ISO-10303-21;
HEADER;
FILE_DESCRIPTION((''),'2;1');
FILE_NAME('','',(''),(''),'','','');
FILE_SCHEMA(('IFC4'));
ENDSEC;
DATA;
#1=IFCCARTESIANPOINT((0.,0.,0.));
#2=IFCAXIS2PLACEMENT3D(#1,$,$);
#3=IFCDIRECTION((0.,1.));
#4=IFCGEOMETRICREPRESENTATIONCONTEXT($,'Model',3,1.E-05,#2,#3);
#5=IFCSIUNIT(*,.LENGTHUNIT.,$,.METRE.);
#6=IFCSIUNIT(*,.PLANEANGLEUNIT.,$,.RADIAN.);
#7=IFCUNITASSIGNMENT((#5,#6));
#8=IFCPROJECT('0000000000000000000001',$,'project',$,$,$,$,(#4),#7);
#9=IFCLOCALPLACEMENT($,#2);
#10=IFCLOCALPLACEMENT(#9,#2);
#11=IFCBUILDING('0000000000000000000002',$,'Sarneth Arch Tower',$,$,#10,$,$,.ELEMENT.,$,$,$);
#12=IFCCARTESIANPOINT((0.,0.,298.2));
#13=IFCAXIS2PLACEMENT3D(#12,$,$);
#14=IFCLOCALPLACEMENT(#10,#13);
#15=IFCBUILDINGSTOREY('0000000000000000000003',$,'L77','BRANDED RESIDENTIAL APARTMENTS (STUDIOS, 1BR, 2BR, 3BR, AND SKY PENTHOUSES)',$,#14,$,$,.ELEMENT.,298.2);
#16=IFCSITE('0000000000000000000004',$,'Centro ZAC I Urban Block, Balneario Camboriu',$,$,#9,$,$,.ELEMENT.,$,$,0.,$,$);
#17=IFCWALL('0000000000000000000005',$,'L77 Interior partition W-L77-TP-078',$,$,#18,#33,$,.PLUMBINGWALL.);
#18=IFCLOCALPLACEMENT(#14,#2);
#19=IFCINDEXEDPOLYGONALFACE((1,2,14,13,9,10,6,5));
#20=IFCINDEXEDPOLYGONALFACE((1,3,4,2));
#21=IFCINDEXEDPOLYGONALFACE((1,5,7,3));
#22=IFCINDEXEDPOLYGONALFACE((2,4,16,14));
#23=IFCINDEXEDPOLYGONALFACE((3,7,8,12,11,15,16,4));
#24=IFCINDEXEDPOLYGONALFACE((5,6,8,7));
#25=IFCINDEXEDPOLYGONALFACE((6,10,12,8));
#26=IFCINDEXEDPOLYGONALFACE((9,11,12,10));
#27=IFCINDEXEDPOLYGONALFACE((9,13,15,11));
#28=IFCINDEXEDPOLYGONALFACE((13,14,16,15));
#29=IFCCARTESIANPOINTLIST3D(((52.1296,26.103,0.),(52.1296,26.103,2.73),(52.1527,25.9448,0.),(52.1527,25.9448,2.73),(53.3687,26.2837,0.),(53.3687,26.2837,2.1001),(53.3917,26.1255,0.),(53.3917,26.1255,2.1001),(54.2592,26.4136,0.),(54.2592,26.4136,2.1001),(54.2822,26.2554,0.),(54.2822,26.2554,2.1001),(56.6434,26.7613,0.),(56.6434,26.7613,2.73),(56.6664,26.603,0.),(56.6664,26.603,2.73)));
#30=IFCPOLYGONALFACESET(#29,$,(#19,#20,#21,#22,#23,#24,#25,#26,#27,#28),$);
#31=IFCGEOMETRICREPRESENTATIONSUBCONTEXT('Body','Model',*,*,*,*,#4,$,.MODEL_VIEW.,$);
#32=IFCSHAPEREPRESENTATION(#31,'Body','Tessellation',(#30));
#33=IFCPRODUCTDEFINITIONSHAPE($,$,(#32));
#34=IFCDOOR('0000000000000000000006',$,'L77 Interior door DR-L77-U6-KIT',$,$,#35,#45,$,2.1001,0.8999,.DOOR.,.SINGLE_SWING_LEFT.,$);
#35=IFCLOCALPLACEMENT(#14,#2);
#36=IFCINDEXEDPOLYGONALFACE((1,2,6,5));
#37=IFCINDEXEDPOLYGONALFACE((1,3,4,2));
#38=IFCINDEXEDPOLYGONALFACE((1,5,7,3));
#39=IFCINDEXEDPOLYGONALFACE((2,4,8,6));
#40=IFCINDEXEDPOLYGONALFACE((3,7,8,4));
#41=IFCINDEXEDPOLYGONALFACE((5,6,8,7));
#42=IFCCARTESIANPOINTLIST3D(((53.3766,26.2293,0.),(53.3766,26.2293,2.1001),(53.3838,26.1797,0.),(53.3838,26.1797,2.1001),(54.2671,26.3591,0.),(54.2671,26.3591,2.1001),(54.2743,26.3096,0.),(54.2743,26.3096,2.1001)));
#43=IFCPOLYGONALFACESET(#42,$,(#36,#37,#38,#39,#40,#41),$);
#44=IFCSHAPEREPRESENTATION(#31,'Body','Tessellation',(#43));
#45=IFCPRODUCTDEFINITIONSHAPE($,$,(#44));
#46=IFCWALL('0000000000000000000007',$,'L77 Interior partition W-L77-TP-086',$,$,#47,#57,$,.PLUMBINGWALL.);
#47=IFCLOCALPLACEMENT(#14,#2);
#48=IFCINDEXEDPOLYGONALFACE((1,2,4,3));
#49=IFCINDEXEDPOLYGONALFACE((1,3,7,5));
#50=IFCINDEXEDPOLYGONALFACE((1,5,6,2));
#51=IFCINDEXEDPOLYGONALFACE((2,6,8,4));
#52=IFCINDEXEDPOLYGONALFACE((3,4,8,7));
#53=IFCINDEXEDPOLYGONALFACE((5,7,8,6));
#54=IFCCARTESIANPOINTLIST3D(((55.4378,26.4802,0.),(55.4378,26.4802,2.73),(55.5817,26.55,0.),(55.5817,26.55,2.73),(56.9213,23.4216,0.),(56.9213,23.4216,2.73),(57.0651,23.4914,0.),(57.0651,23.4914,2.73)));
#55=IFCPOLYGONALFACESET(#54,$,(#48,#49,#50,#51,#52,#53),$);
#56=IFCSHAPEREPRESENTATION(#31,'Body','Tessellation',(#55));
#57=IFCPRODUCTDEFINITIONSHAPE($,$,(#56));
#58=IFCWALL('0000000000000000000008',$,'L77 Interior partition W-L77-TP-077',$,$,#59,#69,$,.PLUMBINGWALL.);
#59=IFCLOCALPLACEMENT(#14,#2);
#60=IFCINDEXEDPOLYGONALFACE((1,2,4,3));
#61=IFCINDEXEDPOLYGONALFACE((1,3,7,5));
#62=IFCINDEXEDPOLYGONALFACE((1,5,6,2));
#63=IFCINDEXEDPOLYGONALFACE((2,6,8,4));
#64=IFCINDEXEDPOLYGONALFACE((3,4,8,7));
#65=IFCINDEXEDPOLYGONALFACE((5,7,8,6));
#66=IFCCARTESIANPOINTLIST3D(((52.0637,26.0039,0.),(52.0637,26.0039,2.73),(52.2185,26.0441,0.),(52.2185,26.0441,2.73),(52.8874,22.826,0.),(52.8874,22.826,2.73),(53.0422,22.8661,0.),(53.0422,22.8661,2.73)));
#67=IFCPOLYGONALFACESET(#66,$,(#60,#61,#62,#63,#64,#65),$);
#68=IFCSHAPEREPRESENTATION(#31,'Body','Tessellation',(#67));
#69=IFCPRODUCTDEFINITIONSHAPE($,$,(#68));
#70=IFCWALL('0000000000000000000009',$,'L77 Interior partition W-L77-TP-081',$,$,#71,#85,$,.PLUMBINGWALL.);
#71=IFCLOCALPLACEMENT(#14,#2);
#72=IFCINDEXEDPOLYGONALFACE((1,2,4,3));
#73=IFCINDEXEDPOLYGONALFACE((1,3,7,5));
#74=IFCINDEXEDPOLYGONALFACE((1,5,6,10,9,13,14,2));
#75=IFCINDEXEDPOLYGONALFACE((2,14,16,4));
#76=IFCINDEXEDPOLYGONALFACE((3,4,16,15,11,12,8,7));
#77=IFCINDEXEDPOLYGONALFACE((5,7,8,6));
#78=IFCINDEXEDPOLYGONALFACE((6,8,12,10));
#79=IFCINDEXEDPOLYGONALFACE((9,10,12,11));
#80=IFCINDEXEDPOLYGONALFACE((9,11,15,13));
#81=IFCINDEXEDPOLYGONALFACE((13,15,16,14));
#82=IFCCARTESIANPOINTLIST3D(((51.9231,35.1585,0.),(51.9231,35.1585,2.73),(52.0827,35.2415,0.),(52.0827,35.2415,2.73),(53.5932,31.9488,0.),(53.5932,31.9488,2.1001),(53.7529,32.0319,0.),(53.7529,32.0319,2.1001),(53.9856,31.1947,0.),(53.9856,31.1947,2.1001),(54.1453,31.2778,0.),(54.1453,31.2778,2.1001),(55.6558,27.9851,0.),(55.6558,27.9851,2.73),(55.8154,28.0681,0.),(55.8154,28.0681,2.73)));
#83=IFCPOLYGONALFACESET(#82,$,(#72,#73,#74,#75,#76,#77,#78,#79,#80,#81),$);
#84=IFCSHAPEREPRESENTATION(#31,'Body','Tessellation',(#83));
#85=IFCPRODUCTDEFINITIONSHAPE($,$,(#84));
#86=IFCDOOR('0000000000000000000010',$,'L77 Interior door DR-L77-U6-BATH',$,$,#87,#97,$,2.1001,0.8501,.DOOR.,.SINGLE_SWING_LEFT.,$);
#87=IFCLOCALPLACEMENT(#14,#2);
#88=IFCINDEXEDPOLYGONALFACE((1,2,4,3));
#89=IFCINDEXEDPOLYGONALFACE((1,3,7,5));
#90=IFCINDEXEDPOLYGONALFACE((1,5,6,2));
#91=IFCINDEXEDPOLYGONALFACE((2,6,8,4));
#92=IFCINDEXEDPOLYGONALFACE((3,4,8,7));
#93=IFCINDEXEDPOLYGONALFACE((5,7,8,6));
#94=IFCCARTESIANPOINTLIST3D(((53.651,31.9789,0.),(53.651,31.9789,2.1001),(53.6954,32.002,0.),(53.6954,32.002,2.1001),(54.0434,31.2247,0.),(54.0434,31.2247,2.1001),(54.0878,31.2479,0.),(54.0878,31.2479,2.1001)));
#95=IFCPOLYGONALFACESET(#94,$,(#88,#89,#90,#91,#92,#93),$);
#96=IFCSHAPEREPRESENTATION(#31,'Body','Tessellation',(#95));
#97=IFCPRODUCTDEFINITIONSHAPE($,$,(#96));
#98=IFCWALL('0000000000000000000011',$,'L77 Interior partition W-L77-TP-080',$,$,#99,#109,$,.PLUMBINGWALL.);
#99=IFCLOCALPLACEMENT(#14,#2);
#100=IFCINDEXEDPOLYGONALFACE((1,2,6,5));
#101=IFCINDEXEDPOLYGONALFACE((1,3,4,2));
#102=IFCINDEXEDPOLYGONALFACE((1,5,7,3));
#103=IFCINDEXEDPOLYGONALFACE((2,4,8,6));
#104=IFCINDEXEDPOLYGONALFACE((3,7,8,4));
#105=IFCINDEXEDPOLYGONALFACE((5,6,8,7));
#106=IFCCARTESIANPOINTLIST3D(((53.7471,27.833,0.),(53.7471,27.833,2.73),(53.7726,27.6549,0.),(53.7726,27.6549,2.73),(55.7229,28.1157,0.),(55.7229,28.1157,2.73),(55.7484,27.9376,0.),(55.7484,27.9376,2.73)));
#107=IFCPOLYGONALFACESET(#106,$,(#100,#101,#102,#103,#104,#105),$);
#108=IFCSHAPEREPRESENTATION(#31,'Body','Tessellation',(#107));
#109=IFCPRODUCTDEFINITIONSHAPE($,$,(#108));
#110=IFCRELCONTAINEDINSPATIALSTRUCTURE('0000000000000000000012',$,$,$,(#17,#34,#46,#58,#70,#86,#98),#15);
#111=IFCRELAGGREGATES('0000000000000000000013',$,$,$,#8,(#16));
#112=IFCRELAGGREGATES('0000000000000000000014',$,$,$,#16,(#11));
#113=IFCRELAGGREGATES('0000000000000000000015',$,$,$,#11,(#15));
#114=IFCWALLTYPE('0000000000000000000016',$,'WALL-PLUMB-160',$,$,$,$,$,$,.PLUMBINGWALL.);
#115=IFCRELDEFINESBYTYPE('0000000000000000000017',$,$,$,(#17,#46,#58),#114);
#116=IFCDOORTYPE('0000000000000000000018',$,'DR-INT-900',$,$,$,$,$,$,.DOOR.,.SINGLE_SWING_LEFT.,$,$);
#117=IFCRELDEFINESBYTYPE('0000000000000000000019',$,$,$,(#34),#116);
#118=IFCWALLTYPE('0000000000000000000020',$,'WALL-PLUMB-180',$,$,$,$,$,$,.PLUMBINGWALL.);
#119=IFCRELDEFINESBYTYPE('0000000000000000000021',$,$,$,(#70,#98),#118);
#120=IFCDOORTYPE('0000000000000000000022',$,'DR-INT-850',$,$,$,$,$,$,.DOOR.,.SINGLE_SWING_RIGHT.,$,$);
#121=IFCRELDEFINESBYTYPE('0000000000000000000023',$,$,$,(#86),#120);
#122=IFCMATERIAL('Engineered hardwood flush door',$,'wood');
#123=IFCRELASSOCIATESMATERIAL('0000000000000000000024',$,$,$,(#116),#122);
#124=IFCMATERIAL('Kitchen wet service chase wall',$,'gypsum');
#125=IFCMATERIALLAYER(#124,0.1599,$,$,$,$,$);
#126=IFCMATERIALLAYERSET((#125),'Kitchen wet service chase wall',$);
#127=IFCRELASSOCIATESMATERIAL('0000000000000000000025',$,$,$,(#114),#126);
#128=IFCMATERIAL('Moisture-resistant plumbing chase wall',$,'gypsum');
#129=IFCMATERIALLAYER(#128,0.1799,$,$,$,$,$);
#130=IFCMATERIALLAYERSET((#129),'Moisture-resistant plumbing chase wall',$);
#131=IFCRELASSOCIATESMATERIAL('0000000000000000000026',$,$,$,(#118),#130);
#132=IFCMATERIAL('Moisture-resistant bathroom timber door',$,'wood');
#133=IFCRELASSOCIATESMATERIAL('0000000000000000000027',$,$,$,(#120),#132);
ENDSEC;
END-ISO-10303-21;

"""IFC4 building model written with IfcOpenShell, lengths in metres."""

from ifc_helpers import new_model, si_unit, direction, frame, frame_2d, origin, place, context, subcontext, project, spatial, rectangle, extrude, material, layer, layer_set, type_object, element, fill, save


model = new_model("IFC4")

# Units and contexts
model_context = context("Model", 3, precision=1e-05, world=origin(), true_north=direction((0.0, 1.0)))
body_context = subcontext(model_context, "Body", "Model", "MODEL_VIEW")
ifc_project = project(units=[si_unit("LENGTHUNIT", "METRE"), si_unit("PLANEANGLEUNIT", "RADIAN")], contexts=[model_context])

# Site, building, storey
site_placement = place(None, origin())
site = spatial("IfcSite", under=ifc_project, at=site_placement, Name="Centro ZAC I Urban Block, Balneario Camboriu", CompositionType="ELEMENT", RefElevation=0.0)
building_placement = place(site_placement, origin())
building = spatial("IfcBuilding", under=site, at=building_placement, Name="Sarneth Arch Tower", CompositionType="ELEMENT")
storey_placement = place(building_placement, frame((0.0, 0.0, 298.2)))
storey = spatial("IfcBuildingStorey", under=building, at=storey_placement, Name="L77", Description="BRANDED RESIDENTIAL APARTMENTS (STUDIOS, 1BR, 2BR, 3BR, AND SKY PENTHOUSES)", CompositionType="ELEMENT", Elevation=298.2)

# Shared definitions
ifc_material_1 = material(Name="Engineered hardwood flush door", Category="wood")
door_type_1 = type_object("IfcDoorType", Name="DR-INT-900", OperationType="SINGLE_SWING_LEFT", PredefinedType="DOOR", material=ifc_material_1)

# Wall, opening, door
ifc_material_2 = material(Name="Kitchen wet service chase wall", Category="gypsum")
ifc_layer_1 = layer(ifc_material_2, 0.1599)
ifc_layer_set_1 = layer_set([ifc_layer_1], Name="Kitchen wet service chase wall")
wall_type_1 = type_object("IfcWallType", Name="WALL-PLUMB-160", PredefinedType="PLUMBINGWALL", material=ifc_layer_set_1)
wall_1_placement = place(storey_placement, frame((52.1411, 26.0239, 0.0), z_axis=(0.0, 0.0, 1.0), x_axis=(0.989534, 0.144298, 0.0)))
wall_1 = element("IfcWall", 1, at=wall_1_placement, inside=storey, type_object=wall_type_1, Name="L77 Interior partition W-L77-TP-078", PredefinedType="PLUMBINGWALL", context=body_context, shape_type="SweptSolid", body=[
    extrude(rectangle(XDim=4.5615, YDim=0.1599, at=frame_2d((2.2808, 0.0))), origin(), (0.0, 0.0, 1.0), 2.73),
])
opening_1_placement = place(wall_1_placement, frame((1.2522, 0.0, 0.0)))
opening_1 = element("IfcOpeningElement", 2, at=opening_1_placement, cuts=wall_1, PredefinedType="OPENING", context=body_context, shape_type="SweptSolid", body=[
    extrude(rectangle(XDim=0.8999, YDim=2.1001, at=frame_2d((0.45, 1.05))), frame((0.0, 0.0898, 0.0), z_axis=(0.0, -1.0, 0.0), x_axis=(1.0, 0.0, 0.0)), (0.0, 0.0, 1.0), 0.1799),
])
door_1_placement = place(opening_1_placement, origin())
door_1 = element("IfcDoor", 3, at=door_1_placement, inside=storey, type_object=door_type_1, Name="L77 Interior door DR-L77-U6-KIT", OperationType="SINGLE_SWING_LEFT", OverallHeight=2.1001, OverallWidth=0.8999, PredefinedType="DOOR", context=body_context, shape_type="SweptSolid", body=[
    extrude(rectangle(XDim=0.8999, YDim=2.1001, at=frame_2d((0.45, 1.05))), frame((0.0, 0.0249, 0.0), z_axis=(0.0, -1.0, 0.0), x_axis=(1.0, 0.0, 0.0)), (0.0, 0.0, 1.0), 0.05),
])
fill(opening_1, door_1)

# Walls
wall_2_placement = place(storey_placement, frame((55.5098, 26.5151, 0.0), z_axis=(0.0, 0.0, 1.0), x_axis=(0.436379, -0.899763, 0.0)))
element("IfcWall", 4, at=wall_2_placement, inside=storey, type_object=wall_type_1, Name="L77 Interior partition W-L77-TP-086", PredefinedType="PLUMBINGWALL", context=body_context, shape_type="SweptSolid", body=[
    extrude(rectangle(XDim=3.3994, YDim=0.1599, at=frame_2d((1.6997, 0.0))), origin(), (0.0, 0.0, 1.0), 2.73),
])
wall_3_placement = place(storey_placement, frame((52.9648, 22.8459, 0.0), z_axis=(0.0, 0.0, 1.0), x_axis=(-0.250908, 0.968011, 0.0)))
element("IfcWall", 5, at=wall_3_placement, inside=storey, type_object=wall_type_1, Name="L77 Interior partition W-L77-TP-077", PredefinedType="PLUMBINGWALL", context=body_context, shape_type="SweptSolid", body=[
    extrude(rectangle(XDim=3.283, YDim=0.1599, at=frame_2d((1.6416, 0.0))), origin(), (0.0, 0.0, 1.0), 2.73),
])

# Wall, opening, door
ifc_material_3 = material(Name="Moisture-resistant plumbing chase wall", Category="gypsum")
ifc_layer_2 = layer(ifc_material_3, 0.1799)
ifc_layer_set_2 = layer_set([ifc_layer_2], Name="Moisture-resistant plumbing chase wall")
wall_type_2 = type_object("IfcWallType", Name="WALL-PLUMB-180", PredefinedType="PLUMBINGWALL", material=ifc_layer_set_2)
wall_4_placement = place(storey_placement, frame((55.7356, 28.0266, 0.0), z_axis=(0.0, 0.0, 1.0), x_axis=(-0.461599, 0.887089, 0.0)))
wall_4 = element("IfcWall", 6, at=wall_4_placement, inside=storey, type_object=wall_type_2, Name="L77 Interior partition W-L77-TP-081", PredefinedType="PLUMBINGWALL", context=body_context, shape_type="SweptSolid", body=[
    extrude(rectangle(XDim=8.0864, YDim=0.1799, at=frame_2d((4.0432, 0.0))), origin(), (0.0, 0.0, 1.0), 2.73),
])
opening_2_placement = place(wall_4_placement, frame((3.6182, 0.0, 0.0)))
opening_2 = element("IfcOpeningElement", 7, at=opening_2_placement, cuts=wall_4, PredefinedType="OPENING", context=body_context, shape_type="SweptSolid", body=[
    extrude(rectangle(XDim=0.8501, YDim=2.1001, at=frame_2d((0.425, 1.05))), frame((0.0, 0.0999, 0.0), z_axis=(0.0, -1.0, 0.0), x_axis=(1.0, 0.0, 0.0)), (0.0, 0.0, 1.0), 0.2),
])
ifc_material_4 = material(Name="Moisture-resistant bathroom timber door", Category="wood")
door_type_2 = type_object("IfcDoorType", Name="DR-INT-850", OperationType="SINGLE_SWING_RIGHT", PredefinedType="DOOR", material=ifc_material_4)
door_2_placement = place(opening_2_placement, origin())
door_2 = element("IfcDoor", 8, at=door_2_placement, inside=storey, type_object=door_type_2, Name="L77 Interior door DR-L77-U6-BATH", OperationType="SINGLE_SWING_LEFT", OverallHeight=2.1001, OverallWidth=0.8501, PredefinedType="DOOR", context=body_context, shape_type="SweptSolid", body=[
    extrude(rectangle(XDim=0.8501, YDim=2.1001, at=frame_2d((0.425, 1.05))), frame((0.0, 0.0249, 0.0), z_axis=(0.0, -1.0, 0.0), x_axis=(1.0, 0.0, 0.0)), (0.0, 0.0, 1.0), 0.05),
])
fill(opening_2, door_2)

# Wall
wall_5_placement = place(storey_placement, frame((53.7598, 27.7439, 0.0), z_axis=(0.0, 0.0, 1.0), x_axis=(0.989918, 0.141644, 0.0)))
element("IfcWall", 9, at=wall_5_placement, inside=storey, type_object=wall_type_2, Name="L77 Interior partition W-L77-TP-080", PredefinedType="PLUMBINGWALL", context=body_context, shape_type="SweptSolid", body=[
    extrude(rectangle(XDim=1.9958, YDim=0.1799, at=frame_2d((0.998, 0.0))), origin(), (0.0, 0.0, 1.0), 2.73),
])

save(model, "model.ifc")
